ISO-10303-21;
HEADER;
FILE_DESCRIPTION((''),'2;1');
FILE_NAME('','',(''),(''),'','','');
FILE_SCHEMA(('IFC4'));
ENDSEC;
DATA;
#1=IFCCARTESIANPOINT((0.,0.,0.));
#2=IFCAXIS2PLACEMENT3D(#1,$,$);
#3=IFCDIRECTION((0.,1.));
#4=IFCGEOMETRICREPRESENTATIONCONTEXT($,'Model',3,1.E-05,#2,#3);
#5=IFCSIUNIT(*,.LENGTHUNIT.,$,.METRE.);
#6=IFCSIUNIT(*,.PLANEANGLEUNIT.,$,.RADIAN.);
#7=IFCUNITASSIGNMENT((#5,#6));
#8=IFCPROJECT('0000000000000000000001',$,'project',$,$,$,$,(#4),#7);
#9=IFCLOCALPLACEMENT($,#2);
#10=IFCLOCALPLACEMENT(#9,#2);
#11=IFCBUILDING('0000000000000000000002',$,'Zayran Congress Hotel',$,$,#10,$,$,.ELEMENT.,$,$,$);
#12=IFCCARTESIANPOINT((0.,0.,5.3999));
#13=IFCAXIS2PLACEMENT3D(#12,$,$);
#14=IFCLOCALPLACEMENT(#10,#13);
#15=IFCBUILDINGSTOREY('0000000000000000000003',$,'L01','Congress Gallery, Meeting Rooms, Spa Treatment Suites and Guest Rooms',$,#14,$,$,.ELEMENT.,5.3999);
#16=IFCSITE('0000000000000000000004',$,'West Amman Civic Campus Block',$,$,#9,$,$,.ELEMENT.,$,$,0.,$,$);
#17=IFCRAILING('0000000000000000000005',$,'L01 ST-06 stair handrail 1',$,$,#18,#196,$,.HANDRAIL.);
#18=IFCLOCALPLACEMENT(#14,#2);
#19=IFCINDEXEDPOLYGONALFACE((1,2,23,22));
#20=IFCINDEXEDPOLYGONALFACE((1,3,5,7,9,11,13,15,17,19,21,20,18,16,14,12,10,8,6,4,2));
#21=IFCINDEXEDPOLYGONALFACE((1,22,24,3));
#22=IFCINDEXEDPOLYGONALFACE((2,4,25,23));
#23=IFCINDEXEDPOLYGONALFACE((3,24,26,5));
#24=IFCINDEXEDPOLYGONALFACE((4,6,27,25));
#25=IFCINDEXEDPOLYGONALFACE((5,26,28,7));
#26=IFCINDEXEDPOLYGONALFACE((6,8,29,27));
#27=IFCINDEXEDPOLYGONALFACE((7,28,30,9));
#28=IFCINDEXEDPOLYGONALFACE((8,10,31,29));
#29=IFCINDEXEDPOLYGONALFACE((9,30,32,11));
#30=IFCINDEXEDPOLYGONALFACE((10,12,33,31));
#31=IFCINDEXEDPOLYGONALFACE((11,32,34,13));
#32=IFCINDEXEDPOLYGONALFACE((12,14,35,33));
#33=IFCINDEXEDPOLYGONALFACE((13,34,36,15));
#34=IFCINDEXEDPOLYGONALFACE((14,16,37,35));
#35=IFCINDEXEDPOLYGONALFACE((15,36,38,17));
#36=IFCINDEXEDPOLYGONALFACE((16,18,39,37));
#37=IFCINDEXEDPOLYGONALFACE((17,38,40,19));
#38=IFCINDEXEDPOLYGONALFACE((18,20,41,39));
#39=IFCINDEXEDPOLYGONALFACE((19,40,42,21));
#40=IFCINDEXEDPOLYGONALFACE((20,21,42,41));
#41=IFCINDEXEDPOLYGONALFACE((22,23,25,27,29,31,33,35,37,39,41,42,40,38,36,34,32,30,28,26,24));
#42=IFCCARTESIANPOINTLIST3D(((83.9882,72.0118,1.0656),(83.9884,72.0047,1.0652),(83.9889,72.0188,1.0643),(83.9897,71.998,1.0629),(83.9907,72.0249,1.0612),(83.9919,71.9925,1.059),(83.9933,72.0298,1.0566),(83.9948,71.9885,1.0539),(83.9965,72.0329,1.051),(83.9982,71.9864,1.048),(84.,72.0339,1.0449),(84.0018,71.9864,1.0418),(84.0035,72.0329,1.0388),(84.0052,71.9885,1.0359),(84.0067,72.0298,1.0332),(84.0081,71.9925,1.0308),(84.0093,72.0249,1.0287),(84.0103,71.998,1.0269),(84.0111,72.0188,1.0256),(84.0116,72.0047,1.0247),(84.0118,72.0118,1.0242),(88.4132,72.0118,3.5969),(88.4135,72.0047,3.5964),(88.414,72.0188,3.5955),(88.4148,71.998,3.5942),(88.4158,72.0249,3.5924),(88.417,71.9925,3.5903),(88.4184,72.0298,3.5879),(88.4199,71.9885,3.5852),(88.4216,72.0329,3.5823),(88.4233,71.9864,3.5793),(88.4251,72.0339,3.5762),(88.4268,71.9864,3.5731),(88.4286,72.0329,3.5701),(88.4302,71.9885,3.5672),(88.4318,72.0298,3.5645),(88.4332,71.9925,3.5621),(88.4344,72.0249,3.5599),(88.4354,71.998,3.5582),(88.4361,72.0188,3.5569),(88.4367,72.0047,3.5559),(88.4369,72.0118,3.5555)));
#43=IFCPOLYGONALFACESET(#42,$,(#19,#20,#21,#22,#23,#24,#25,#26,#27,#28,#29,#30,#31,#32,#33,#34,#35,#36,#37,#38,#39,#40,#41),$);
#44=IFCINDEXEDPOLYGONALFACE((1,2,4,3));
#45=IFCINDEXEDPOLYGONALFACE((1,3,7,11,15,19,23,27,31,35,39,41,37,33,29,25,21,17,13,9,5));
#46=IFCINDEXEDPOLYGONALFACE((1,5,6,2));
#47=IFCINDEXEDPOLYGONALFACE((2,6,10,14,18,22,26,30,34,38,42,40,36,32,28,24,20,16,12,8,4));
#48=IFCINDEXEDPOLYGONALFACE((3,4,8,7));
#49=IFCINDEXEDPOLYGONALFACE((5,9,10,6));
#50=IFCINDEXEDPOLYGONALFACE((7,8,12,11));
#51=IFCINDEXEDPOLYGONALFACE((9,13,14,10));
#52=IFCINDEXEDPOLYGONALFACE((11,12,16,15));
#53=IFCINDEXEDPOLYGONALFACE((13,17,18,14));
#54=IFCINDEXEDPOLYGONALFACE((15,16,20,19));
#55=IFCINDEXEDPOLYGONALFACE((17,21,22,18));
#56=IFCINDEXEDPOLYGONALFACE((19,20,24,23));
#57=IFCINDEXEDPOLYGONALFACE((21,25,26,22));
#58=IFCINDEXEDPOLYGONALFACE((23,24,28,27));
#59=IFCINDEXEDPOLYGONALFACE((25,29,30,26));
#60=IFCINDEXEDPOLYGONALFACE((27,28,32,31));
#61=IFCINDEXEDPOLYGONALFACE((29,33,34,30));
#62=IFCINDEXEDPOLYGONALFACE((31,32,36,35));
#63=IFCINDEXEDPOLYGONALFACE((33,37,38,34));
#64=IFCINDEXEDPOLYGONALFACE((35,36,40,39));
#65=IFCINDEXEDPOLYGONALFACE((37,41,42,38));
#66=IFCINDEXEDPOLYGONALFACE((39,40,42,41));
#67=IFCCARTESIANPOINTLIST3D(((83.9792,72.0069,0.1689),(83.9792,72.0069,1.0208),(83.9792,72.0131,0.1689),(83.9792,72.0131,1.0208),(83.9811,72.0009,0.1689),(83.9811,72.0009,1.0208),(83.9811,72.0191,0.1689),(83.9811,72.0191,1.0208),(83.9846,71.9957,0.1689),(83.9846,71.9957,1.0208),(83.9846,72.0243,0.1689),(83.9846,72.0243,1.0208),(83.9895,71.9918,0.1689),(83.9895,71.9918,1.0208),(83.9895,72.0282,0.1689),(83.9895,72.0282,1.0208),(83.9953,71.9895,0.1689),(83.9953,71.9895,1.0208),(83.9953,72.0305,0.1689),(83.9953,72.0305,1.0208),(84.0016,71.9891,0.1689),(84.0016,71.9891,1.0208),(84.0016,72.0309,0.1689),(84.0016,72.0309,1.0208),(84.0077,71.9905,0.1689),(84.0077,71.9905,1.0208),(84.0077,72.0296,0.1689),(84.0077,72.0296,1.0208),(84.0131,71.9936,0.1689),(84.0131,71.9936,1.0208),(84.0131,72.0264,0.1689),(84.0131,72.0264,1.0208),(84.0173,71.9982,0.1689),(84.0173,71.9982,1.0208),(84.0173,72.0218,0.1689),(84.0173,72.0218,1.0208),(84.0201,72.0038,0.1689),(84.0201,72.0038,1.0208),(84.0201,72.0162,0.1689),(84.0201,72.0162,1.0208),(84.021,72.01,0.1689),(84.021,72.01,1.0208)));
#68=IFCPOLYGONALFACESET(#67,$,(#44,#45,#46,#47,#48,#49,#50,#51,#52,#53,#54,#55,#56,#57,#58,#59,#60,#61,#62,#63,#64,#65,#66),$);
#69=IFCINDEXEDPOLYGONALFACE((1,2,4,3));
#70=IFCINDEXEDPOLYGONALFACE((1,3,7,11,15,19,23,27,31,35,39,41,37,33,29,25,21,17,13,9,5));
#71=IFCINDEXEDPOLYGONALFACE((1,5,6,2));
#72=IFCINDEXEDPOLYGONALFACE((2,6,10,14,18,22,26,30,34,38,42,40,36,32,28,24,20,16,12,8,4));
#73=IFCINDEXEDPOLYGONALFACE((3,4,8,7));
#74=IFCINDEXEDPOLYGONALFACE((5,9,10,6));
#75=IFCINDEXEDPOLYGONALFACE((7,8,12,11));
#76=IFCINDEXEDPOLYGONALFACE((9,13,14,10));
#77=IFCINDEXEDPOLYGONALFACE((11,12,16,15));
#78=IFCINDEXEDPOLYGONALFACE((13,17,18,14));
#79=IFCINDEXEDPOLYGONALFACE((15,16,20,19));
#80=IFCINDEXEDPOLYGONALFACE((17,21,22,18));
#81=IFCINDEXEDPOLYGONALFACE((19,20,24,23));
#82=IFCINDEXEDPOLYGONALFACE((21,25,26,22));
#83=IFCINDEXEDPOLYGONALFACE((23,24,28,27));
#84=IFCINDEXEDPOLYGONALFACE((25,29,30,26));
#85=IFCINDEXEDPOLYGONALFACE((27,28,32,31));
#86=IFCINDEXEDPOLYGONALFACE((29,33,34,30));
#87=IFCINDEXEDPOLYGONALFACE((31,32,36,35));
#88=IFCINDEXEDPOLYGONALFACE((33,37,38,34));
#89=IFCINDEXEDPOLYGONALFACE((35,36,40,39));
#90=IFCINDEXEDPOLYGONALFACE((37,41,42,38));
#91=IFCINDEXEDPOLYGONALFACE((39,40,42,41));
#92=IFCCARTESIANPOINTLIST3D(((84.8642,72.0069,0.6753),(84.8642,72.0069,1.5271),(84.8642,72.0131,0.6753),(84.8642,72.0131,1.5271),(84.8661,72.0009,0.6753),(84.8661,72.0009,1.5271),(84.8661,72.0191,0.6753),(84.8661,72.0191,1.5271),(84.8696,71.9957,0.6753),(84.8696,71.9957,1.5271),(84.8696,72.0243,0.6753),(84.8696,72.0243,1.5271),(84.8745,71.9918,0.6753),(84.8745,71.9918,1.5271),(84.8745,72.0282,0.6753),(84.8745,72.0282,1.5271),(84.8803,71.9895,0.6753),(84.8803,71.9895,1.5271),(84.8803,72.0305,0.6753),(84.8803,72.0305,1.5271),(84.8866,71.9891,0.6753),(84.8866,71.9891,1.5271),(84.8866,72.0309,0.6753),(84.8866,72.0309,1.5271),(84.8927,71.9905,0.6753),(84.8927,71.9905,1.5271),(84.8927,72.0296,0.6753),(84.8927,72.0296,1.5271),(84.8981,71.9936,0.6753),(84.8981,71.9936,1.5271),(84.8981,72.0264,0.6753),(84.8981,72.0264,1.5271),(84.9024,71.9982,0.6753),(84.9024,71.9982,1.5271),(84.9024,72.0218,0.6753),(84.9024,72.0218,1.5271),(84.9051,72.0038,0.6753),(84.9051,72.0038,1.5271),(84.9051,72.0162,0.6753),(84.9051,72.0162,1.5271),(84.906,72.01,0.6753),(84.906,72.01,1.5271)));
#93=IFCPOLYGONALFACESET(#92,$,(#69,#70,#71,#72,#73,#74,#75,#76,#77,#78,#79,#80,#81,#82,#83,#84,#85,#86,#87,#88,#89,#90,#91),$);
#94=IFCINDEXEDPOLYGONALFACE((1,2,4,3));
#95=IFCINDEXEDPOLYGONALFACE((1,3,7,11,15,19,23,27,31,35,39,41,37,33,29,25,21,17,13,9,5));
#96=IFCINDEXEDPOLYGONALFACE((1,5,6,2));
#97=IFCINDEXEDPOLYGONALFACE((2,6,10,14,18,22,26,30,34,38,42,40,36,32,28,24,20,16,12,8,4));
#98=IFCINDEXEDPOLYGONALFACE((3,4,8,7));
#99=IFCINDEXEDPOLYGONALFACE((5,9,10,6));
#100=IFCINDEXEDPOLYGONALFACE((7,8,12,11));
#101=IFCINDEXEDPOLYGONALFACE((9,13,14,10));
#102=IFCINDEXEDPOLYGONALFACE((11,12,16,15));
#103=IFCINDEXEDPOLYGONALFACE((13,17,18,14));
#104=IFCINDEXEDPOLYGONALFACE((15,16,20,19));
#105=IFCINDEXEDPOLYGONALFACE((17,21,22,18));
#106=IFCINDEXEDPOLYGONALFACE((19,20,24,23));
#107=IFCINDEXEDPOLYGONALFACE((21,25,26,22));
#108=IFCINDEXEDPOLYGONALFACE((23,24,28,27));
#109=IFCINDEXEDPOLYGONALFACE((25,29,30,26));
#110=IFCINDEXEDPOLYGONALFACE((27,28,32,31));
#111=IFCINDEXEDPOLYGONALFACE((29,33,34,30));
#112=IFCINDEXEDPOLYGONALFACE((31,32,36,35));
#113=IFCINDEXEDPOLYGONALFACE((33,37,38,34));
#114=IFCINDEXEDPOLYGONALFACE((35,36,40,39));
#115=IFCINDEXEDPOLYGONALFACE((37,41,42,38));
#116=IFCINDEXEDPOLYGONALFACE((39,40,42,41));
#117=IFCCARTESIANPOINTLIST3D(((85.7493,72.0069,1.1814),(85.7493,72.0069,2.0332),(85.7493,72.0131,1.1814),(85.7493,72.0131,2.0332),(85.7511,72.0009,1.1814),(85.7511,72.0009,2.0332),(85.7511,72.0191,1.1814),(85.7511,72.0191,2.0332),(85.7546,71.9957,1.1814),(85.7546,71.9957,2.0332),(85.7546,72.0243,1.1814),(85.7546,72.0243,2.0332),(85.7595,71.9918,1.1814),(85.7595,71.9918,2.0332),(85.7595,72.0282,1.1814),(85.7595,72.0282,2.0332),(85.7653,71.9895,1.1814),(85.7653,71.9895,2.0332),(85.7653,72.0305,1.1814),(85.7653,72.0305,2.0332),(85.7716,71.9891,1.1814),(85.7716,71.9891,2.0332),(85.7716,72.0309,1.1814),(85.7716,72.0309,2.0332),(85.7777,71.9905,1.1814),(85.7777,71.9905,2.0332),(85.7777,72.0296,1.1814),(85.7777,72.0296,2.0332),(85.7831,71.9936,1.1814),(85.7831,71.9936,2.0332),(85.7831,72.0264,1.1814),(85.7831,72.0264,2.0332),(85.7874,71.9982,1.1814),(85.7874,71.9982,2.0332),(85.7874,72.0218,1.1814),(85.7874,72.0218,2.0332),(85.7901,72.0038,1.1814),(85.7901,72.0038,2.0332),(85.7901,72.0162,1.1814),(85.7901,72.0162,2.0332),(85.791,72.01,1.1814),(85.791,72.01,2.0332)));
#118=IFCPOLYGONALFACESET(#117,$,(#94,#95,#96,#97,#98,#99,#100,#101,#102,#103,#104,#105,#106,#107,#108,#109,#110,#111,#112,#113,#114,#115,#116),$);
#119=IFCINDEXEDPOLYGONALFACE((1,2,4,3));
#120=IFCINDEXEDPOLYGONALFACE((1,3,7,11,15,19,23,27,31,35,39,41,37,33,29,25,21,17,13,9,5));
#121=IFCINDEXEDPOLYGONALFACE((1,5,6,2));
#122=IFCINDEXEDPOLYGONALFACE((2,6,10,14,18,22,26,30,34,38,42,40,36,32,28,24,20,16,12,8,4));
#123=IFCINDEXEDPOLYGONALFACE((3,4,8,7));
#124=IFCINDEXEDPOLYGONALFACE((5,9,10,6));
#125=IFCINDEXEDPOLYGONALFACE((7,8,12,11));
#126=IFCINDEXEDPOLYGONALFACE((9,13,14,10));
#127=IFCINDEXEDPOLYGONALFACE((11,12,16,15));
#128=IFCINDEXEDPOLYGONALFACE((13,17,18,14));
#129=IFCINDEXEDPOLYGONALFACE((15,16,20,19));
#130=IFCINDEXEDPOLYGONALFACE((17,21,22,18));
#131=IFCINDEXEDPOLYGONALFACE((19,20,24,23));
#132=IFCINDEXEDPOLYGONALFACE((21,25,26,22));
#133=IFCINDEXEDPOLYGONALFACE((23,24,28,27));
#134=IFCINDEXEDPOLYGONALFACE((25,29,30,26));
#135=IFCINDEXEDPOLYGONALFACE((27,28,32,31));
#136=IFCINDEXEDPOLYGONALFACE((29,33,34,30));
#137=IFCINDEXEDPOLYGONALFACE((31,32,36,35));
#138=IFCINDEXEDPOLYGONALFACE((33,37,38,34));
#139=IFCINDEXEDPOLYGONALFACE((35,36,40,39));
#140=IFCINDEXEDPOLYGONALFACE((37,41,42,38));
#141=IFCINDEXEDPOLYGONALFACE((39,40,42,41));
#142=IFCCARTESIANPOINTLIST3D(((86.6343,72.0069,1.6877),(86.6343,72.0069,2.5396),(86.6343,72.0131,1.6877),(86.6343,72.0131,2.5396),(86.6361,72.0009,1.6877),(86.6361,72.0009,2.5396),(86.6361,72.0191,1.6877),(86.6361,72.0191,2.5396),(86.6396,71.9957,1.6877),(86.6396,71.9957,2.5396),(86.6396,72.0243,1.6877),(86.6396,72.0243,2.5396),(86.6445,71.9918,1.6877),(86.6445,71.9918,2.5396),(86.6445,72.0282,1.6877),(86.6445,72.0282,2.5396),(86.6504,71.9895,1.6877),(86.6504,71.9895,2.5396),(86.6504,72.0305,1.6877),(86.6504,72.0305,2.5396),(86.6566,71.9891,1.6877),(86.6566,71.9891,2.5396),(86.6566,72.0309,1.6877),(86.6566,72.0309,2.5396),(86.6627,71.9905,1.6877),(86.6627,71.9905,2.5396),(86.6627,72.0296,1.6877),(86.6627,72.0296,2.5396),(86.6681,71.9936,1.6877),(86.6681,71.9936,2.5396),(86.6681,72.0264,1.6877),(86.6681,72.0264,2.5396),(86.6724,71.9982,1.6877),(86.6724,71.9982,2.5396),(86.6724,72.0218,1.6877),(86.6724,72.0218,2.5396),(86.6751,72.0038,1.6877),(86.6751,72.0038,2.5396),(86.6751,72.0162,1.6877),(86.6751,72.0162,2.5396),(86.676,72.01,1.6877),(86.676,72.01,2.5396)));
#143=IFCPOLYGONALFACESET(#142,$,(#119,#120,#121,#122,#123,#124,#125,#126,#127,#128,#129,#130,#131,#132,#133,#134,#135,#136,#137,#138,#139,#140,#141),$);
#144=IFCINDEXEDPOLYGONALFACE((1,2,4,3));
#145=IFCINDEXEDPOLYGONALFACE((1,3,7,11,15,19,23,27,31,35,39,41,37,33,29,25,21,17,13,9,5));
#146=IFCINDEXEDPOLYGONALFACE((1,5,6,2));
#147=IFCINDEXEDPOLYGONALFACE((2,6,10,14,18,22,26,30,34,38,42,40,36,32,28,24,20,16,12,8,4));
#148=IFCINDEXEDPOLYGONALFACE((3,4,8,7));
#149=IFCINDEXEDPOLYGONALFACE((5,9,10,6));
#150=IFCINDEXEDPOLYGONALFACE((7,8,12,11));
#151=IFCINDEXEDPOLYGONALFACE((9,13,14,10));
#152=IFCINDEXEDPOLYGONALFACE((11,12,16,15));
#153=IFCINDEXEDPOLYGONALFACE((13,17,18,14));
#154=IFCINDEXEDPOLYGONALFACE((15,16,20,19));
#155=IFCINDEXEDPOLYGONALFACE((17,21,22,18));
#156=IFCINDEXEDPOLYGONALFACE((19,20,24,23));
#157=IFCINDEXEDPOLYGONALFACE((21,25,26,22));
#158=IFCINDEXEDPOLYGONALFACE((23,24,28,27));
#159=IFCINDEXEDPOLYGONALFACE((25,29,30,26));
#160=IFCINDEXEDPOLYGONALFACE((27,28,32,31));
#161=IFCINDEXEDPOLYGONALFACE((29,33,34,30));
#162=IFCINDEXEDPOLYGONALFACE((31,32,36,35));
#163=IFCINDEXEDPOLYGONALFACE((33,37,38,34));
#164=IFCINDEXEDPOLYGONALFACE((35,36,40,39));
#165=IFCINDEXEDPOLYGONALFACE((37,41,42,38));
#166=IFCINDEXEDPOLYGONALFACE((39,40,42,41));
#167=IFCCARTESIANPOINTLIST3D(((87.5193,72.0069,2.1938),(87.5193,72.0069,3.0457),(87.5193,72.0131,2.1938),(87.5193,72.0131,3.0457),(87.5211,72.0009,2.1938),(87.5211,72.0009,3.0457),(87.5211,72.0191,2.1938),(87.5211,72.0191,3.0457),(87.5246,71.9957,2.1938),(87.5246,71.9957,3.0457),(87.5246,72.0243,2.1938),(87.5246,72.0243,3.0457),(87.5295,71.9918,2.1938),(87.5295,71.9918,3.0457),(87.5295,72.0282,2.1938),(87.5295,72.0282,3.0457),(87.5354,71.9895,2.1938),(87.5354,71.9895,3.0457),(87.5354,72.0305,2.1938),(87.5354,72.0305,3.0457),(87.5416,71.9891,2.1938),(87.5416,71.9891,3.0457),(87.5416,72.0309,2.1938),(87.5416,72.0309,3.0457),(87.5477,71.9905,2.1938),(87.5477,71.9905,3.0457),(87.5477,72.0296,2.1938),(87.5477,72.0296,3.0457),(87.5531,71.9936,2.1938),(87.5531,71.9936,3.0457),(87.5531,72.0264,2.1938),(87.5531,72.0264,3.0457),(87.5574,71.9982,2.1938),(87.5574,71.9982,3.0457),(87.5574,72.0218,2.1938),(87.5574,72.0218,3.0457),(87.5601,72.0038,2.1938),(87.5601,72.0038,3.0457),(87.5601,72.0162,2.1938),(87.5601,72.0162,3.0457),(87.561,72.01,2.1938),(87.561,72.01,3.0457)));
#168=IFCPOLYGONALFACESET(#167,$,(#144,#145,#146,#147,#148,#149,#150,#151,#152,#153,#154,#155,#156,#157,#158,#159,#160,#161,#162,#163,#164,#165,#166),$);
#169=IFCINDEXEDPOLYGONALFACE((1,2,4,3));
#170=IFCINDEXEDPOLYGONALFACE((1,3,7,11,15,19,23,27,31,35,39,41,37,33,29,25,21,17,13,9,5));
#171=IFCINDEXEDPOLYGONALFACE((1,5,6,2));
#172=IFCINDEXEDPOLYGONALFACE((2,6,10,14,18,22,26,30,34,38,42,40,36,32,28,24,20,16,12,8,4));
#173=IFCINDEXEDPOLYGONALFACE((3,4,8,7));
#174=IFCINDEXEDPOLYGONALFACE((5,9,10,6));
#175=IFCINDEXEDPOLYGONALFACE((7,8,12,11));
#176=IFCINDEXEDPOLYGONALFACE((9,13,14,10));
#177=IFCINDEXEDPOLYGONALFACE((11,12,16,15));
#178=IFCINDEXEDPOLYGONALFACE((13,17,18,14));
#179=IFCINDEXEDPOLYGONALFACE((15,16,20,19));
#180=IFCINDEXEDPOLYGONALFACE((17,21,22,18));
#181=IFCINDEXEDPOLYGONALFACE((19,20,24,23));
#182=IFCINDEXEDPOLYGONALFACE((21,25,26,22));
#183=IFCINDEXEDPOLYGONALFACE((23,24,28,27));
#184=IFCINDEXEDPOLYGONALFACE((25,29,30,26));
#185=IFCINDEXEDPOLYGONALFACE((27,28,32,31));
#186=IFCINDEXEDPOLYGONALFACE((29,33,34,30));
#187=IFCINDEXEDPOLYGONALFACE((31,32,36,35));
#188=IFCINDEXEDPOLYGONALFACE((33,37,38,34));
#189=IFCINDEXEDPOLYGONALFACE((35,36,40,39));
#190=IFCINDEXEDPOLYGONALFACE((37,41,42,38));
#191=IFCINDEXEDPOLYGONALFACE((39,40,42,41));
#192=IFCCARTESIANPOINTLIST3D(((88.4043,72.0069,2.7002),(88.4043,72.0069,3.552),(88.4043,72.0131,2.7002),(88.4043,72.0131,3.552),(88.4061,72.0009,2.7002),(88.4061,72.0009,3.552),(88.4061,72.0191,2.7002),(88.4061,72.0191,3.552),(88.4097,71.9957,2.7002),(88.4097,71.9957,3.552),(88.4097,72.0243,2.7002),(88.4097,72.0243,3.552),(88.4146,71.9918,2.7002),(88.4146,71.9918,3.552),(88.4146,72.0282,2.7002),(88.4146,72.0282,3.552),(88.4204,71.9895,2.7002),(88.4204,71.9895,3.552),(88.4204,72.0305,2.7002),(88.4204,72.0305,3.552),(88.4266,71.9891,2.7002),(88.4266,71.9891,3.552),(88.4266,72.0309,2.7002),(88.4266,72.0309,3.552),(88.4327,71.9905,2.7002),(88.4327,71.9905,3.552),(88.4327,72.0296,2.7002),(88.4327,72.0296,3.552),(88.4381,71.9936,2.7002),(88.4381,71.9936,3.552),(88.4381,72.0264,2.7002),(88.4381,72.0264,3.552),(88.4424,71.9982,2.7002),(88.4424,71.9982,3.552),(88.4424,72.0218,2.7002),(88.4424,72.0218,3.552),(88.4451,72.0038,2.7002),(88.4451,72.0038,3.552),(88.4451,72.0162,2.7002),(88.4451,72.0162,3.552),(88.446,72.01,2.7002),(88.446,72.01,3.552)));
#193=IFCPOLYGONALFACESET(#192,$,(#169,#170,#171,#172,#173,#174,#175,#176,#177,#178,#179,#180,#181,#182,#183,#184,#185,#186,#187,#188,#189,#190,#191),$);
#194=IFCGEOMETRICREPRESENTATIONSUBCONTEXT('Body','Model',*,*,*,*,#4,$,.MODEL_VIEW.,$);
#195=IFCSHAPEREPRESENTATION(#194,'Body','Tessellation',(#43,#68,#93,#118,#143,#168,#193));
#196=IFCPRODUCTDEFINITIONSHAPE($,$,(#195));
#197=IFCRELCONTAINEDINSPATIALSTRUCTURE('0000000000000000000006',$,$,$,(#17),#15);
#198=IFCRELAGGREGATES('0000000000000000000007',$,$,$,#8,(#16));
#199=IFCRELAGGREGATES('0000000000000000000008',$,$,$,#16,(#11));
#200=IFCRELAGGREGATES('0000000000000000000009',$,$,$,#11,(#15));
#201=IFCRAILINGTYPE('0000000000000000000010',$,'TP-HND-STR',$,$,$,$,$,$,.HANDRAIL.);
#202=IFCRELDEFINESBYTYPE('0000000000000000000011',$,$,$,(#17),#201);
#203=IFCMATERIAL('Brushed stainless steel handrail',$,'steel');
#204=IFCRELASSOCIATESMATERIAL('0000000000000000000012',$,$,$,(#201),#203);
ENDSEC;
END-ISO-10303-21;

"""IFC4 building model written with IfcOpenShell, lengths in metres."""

from ifc_helpers import new_model, si_unit, direction, frame, origin, origin_2d, place, context, subcontext, project, spatial, circle, extrude, material, type_object, element, save


model = new_model("IFC4")

# Units and contexts
model_context = context("Model", 3, precision=1e-05, world=origin(), true_north=direction((0.0, 1.0)))
body_context = subcontext(model_context, "Body", "Model", "MODEL_VIEW")
ifc_project = project(units=[si_unit("LENGTHUNIT", "METRE"), si_unit("PLANEANGLEUNIT", "RADIAN")], contexts=[model_context])

# Site, building, storey
site_placement = place(None, origin())
site = spatial("IfcSite", under=ifc_project, at=site_placement, Name="West Amman Civic Campus Block", CompositionType="ELEMENT", RefElevation=0.0)
building_placement = place(site_placement, origin())
building = spatial("IfcBuilding", under=site, at=building_placement, Name="Zayran Congress Hotel", CompositionType="ELEMENT")
storey_placement = place(building_placement, frame((0.0, 0.0, 5.3999)))
storey = spatial("IfcBuildingStorey", under=building, at=storey_placement, Name="L01", Description="Congress Gallery, Meeting Rooms, Spa Treatment Suites and Guest Rooms", CompositionType="ELEMENT", Elevation=5.3999)

# Railing
ifc_material_1 = material(Name="Brushed stainless steel handrail", Category="steel")
railing_type_1 = type_object("IfcRailingType", Name="TP-HND-STR", PredefinedType="HANDRAIL", material=ifc_material_1)
railing_1_placement = place(storey_placement, frame((84.0, 72.01, 0.1689)))
element("IfcRailing", 1, at=railing_1_placement, inside=storey, type_object=railing_type_1, Name="L01 ST-06 stair handrail 1", PredefinedType="HANDRAIL", context=body_context, shape_type="SweptSolid", body=[
    extrude(circle(Radius=0.0239, at=origin_2d()), frame((0.0, 0.0, 0.876), z_axis=(0.868019, 0.0, 0.496531), x_axis=(0.0, 1.0, 0.0)), (0.0, 0.0, 1.0), 5.0979),
    extrude(circle(Radius=0.021, at=origin_2d()), origin(), (0.0, 0.0, 1.0), 0.8518),
    extrude(circle(Radius=0.021, at=origin_2d()), frame((0.885, 0.0, 0.5063)), (0.0, 0.0, 1.0), 0.8518),
    extrude(circle(Radius=0.021, at=origin_2d()), frame((1.77, 0.0, 1.0125)), (0.0, 0.0, 1.0), 0.8518),
    extrude(circle(Radius=0.021, at=origin_2d()), frame((2.655, 0.0, 1.5188)), (0.0, 0.0, 1.0), 0.8518),
    extrude(circle(Radius=0.021, at=origin_2d()), frame((3.54, 0.0, 2.0249)), (0.0, 0.0, 1.0), 0.8518),
    extrude(circle(Radius=0.021, at=origin_2d()), frame((4.425, 0.0, 2.5312)), (0.0, 0.0, 1.0), 0.8518),
])

save(model, "model.ifc")
